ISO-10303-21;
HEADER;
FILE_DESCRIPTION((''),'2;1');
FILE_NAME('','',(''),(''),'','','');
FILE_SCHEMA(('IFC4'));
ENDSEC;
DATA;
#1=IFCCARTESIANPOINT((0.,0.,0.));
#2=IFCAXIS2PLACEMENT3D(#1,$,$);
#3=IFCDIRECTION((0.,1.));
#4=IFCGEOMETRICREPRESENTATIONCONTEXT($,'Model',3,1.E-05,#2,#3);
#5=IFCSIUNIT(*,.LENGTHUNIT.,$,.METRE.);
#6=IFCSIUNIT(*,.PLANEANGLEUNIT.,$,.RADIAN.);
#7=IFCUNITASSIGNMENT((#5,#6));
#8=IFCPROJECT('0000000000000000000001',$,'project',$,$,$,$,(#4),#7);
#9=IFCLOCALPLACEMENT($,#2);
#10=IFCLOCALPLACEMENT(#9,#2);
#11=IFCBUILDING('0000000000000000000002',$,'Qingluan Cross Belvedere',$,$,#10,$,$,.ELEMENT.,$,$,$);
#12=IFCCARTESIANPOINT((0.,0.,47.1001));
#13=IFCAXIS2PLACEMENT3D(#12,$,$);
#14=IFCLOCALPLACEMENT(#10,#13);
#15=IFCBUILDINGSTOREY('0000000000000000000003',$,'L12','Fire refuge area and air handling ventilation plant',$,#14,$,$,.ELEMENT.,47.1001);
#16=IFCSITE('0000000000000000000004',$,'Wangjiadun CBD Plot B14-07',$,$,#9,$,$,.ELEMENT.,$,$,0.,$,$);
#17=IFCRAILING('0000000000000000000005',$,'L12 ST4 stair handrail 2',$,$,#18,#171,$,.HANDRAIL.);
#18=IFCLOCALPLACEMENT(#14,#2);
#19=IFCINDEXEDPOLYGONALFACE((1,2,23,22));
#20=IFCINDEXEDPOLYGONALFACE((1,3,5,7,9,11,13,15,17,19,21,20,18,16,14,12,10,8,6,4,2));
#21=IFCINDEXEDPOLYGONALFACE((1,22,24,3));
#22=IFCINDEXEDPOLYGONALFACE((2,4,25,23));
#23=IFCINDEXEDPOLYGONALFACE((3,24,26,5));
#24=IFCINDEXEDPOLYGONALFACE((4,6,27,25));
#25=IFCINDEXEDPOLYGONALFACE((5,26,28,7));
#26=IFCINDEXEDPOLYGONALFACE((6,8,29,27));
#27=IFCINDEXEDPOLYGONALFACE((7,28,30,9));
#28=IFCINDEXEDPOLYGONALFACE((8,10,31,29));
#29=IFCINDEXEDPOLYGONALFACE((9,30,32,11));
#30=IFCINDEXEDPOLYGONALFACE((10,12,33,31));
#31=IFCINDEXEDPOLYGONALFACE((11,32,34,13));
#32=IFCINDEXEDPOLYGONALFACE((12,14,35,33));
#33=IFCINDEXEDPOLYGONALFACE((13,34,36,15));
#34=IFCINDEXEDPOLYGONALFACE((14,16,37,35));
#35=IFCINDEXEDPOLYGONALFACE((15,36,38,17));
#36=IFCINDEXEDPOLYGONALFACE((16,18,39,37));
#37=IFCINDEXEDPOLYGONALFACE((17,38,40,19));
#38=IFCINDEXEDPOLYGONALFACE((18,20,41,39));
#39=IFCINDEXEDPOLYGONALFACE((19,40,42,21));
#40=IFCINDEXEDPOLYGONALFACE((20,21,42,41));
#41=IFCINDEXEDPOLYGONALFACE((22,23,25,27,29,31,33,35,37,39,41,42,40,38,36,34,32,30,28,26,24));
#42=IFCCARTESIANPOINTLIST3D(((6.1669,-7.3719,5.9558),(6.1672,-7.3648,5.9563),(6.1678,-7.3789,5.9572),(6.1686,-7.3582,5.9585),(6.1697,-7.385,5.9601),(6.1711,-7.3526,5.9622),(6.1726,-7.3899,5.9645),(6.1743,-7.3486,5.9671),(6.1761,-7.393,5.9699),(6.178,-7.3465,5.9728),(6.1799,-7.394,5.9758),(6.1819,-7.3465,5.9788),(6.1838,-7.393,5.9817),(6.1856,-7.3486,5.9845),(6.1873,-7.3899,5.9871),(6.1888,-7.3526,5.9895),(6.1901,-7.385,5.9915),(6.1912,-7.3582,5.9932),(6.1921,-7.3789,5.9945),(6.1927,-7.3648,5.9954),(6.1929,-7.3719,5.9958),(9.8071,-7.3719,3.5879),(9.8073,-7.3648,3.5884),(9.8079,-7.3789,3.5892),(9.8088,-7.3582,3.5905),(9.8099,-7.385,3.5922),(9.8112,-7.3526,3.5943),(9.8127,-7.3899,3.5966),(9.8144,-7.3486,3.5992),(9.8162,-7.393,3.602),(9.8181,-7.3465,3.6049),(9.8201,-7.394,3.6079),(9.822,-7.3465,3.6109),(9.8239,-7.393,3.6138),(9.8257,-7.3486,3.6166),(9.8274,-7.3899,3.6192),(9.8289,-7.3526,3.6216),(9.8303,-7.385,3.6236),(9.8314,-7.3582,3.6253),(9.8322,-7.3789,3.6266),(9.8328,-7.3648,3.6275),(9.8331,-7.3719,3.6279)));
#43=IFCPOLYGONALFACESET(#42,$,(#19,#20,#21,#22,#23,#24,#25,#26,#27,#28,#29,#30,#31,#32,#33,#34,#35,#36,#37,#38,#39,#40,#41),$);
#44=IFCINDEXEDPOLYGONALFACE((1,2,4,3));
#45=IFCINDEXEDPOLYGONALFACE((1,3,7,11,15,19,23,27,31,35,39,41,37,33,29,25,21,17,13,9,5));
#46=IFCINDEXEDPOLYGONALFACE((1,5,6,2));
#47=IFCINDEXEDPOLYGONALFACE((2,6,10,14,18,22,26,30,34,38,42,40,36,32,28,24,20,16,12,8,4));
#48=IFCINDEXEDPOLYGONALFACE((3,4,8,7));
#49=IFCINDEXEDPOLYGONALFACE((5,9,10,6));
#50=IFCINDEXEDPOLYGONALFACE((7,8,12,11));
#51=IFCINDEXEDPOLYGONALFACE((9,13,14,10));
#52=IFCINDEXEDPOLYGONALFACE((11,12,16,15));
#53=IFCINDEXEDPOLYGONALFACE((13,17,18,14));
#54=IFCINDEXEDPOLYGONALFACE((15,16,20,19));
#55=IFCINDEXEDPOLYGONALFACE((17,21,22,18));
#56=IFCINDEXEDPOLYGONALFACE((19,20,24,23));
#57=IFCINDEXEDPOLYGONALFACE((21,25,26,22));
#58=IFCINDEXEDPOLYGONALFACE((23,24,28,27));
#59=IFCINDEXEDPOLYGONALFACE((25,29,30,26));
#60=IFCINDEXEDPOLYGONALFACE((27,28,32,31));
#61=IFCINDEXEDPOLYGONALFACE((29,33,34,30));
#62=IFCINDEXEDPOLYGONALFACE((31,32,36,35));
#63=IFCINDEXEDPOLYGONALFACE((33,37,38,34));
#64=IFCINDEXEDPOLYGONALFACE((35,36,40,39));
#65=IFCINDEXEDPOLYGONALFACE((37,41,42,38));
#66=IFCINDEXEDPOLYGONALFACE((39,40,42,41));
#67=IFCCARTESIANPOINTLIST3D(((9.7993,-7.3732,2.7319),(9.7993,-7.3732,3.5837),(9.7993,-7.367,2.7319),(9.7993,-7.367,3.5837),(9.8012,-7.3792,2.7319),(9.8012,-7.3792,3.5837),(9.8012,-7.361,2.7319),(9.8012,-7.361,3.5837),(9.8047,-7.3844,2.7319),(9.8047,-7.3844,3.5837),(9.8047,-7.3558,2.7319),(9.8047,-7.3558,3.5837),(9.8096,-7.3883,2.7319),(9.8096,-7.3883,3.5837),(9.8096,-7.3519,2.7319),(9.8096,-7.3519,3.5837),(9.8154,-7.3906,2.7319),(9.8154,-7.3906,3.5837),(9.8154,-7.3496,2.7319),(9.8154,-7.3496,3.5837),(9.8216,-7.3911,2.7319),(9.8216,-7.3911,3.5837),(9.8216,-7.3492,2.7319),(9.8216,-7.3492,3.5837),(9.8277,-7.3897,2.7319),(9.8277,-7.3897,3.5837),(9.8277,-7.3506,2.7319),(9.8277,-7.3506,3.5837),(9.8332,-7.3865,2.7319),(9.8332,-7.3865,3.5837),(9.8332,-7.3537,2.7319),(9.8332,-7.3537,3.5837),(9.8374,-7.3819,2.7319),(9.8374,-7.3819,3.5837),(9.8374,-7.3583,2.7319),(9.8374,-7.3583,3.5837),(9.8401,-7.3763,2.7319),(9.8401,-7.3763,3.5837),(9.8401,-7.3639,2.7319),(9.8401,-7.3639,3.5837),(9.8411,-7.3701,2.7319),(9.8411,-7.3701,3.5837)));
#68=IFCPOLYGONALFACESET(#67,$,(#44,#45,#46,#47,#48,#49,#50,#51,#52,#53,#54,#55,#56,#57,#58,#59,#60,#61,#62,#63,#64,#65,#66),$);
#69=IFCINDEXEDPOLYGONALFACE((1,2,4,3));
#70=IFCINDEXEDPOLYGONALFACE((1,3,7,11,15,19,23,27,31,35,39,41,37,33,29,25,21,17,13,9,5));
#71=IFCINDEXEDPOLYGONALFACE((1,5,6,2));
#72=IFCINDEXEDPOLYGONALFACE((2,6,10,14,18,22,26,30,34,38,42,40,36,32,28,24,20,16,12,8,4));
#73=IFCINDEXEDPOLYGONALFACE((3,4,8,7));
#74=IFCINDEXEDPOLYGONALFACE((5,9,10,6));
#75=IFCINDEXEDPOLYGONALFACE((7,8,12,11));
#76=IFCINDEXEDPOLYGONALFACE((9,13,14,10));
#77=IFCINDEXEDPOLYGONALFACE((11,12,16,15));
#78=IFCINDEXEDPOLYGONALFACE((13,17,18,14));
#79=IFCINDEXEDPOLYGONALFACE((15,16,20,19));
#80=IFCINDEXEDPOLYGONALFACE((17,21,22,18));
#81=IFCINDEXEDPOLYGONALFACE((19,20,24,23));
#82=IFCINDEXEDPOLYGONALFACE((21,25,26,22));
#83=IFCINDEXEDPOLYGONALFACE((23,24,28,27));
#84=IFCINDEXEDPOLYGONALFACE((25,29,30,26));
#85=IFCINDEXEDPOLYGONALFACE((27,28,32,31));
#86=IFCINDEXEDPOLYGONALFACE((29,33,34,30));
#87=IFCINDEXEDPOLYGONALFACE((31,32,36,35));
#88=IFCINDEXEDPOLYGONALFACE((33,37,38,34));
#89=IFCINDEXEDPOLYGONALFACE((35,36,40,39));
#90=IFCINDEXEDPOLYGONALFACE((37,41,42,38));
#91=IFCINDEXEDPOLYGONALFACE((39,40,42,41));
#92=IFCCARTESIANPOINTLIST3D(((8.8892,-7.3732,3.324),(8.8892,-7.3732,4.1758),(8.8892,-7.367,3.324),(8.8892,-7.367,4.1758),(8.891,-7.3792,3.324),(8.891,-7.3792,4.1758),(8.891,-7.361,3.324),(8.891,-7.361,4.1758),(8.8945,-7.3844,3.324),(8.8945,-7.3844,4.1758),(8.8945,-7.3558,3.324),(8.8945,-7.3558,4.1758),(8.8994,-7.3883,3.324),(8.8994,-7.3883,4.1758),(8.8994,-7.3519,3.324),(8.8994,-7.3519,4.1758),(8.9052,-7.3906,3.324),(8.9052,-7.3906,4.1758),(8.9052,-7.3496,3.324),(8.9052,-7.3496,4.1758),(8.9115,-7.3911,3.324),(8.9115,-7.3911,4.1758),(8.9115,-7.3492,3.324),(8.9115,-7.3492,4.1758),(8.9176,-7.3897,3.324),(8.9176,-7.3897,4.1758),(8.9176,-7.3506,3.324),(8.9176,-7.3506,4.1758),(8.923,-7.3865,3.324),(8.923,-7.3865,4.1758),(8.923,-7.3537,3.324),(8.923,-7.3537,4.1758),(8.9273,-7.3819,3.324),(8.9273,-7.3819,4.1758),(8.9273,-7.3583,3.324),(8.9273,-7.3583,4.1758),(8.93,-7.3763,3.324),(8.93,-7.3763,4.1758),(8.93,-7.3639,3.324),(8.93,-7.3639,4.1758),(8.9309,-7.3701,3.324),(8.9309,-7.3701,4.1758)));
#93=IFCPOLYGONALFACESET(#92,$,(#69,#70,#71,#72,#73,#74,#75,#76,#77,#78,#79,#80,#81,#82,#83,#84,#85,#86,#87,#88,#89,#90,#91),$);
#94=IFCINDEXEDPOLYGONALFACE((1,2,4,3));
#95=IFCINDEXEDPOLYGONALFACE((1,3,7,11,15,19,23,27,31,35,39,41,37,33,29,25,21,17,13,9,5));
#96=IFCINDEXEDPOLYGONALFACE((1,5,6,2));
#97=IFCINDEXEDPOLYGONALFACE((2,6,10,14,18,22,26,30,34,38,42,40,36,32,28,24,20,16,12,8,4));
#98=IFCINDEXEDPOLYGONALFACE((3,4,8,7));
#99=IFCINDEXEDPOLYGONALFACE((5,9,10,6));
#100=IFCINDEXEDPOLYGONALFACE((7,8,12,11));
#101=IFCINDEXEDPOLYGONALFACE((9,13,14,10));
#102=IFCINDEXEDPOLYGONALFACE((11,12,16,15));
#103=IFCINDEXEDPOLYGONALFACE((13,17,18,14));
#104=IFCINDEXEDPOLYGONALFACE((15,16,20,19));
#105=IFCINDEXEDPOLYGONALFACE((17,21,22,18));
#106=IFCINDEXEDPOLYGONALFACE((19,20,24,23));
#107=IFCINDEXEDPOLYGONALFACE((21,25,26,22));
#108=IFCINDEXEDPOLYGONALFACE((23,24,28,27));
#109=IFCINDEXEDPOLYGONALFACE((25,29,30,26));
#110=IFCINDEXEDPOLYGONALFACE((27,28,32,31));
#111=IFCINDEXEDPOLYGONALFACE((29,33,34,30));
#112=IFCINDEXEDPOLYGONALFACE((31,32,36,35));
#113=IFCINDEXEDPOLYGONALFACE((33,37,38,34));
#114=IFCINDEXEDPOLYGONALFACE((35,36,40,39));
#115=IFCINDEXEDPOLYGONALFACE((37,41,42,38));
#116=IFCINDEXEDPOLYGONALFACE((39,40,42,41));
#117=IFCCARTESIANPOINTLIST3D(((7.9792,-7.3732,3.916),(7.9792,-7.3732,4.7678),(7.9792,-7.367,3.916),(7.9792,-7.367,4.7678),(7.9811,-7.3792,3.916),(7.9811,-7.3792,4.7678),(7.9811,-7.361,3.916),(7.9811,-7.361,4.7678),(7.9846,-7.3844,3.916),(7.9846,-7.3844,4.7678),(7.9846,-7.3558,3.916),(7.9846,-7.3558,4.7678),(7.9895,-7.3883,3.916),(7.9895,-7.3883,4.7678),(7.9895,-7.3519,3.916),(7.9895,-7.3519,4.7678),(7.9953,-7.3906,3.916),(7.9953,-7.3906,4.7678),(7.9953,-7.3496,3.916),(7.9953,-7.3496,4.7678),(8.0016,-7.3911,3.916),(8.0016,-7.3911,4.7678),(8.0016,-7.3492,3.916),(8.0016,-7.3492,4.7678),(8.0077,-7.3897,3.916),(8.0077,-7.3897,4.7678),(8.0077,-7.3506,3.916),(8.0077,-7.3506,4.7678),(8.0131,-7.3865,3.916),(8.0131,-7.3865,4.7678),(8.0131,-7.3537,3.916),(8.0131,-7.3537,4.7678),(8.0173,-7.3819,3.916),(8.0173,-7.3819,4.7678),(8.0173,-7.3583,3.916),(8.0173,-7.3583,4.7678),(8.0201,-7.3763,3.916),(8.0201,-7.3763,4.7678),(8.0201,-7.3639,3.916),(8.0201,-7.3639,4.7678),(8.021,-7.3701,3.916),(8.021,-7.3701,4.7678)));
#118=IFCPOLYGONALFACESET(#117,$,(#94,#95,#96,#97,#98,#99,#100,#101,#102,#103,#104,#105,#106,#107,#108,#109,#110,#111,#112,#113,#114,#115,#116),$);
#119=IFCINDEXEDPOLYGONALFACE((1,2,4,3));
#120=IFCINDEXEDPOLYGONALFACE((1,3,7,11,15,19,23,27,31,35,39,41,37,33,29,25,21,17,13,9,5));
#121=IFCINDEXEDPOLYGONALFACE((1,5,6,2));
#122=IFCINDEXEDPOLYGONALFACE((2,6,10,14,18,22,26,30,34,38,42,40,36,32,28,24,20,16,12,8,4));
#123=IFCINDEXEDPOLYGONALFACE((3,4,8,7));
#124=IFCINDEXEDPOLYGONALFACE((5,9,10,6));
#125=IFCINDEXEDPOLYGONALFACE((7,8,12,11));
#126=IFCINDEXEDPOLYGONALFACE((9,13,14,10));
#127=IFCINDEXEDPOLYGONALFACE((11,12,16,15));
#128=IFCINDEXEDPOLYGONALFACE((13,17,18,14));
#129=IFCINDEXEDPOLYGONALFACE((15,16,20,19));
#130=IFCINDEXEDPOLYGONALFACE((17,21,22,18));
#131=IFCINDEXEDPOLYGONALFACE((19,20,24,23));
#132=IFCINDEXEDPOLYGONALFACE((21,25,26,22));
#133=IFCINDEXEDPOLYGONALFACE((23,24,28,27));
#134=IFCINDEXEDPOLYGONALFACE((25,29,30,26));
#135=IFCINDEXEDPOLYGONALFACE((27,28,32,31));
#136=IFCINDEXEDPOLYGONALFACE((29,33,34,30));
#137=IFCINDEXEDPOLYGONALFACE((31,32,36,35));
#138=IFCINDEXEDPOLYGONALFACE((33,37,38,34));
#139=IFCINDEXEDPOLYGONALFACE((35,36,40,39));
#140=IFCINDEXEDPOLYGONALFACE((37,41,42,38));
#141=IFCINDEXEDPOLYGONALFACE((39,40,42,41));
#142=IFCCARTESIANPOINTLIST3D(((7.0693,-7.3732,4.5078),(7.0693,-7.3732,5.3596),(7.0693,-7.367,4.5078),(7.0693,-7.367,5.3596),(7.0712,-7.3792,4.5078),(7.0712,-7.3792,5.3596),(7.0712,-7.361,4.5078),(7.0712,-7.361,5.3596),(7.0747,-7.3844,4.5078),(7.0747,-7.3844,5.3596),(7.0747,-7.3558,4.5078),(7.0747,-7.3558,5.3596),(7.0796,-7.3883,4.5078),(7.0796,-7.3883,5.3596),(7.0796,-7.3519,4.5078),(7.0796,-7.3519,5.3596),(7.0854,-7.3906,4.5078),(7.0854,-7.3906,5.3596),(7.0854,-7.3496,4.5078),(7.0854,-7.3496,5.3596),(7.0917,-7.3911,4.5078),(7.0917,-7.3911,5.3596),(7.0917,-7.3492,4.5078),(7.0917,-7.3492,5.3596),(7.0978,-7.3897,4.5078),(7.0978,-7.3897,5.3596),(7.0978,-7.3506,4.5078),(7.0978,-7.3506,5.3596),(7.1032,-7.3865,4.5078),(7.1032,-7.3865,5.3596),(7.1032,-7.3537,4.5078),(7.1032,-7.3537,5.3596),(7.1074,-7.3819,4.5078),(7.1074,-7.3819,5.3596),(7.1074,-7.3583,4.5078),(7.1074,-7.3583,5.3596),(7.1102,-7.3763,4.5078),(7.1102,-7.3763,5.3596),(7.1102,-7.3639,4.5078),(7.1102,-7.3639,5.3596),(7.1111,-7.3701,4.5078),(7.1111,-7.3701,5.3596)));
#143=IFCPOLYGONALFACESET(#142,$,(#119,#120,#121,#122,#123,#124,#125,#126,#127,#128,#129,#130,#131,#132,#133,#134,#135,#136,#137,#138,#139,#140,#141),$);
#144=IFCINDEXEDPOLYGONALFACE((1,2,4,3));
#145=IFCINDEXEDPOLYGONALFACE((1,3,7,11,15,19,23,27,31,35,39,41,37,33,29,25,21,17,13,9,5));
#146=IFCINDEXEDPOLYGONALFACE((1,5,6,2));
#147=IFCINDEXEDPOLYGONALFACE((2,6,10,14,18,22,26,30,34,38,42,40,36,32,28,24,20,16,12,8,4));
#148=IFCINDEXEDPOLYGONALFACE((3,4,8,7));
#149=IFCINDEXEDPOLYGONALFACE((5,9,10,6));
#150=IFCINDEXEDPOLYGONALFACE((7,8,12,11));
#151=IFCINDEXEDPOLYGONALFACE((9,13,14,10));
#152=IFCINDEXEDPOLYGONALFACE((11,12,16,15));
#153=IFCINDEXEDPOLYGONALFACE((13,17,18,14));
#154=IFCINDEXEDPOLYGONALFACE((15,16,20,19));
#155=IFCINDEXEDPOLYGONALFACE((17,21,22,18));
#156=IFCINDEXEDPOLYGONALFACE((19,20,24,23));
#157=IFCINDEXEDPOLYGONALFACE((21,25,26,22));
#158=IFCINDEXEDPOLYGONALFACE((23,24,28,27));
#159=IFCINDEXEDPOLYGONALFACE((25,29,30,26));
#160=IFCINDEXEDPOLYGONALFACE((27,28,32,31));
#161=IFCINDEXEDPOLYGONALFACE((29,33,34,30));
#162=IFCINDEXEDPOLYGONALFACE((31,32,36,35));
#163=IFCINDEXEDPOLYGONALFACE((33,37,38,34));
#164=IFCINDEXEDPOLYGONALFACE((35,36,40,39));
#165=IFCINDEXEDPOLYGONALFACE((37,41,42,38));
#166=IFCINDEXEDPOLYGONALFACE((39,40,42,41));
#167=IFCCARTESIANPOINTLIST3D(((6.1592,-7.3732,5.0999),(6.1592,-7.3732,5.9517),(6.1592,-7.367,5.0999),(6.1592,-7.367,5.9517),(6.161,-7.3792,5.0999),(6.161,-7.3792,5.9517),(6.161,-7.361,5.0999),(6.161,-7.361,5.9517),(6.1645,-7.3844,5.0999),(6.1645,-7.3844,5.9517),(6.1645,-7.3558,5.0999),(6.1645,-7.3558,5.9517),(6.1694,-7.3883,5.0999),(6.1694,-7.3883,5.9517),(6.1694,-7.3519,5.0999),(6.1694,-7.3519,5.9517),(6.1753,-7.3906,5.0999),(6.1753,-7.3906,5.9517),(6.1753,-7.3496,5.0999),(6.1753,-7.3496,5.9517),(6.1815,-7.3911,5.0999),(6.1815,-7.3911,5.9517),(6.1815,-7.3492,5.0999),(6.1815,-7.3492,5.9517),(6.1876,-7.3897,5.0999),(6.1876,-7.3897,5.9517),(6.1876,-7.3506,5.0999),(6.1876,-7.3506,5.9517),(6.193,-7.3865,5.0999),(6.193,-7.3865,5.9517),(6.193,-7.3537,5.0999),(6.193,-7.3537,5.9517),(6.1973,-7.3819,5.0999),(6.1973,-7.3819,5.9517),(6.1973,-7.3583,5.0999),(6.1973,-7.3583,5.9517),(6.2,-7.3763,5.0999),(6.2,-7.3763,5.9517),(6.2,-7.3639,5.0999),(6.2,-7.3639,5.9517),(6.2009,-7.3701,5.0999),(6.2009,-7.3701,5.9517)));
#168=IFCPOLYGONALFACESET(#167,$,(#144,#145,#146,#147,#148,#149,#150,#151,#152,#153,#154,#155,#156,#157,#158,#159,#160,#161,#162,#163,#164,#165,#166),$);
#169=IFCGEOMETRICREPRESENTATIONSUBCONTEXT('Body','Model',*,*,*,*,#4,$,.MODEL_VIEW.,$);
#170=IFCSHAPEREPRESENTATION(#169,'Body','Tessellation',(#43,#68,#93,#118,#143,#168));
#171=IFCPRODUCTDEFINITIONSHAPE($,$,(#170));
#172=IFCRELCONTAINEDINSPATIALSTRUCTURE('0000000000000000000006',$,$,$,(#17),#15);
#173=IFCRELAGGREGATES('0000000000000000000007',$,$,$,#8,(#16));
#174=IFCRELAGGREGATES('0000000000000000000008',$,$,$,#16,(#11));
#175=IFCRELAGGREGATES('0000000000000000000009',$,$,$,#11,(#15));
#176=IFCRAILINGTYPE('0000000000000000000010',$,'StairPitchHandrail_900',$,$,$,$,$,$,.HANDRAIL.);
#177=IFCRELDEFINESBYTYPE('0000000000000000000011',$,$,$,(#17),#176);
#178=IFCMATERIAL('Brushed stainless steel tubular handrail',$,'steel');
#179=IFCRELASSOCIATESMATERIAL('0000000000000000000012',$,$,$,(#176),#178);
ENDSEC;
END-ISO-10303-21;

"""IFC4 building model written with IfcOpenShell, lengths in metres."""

from ifc_helpers import new_model, si_unit, direction, frame, origin, origin_2d, place, context, subcontext, project, spatial, circle, extrude, material, type_object, element, save


model = new_model("IFC4")

# Units and contexts
model_context = context("Model", 3, precision=1e-05, world=origin(), true_north=direction((0.0, 1.0)))
body_context = subcontext(model_context, "Body", "Model", "MODEL_VIEW")
ifc_project = project(units=[si_unit("LENGTHUNIT", "METRE"), si_unit("PLANEANGLEUNIT", "RADIAN")], contexts=[model_context])

# Site, building, storey
site_placement = place(None, origin())
site = spatial("IfcSite", under=ifc_project, at=site_placement, Name="Wangjiadun CBD Plot B14-07", CompositionType="ELEMENT", RefElevation=0.0)
building_placement = place(site_placement, origin())
building = spatial("IfcBuilding", under=site, at=building_placement, Name="Qingluan Cross Belvedere", CompositionType="ELEMENT")
storey_placement = place(building_placement, frame((0.0, 0.0, 47.1001)))
storey = spatial("IfcBuildingStorey", under=building, at=storey_placement, Name="L12", Description="Fire refuge area and air handling ventilation plant", CompositionType="ELEMENT", Elevation=47.1001)

# Railing
ifc_material_1 = material(Name="Brushed stainless steel tubular handrail", Category="steel")
railing_type_1 = type_object("IfcRailingType", Name="StairPitchHandrail_900", PredefinedType="HANDRAIL", material=ifc_material_1)
railing_1_placement = place(storey_placement, frame((9.8201, -7.3701, 2.7319)))
element("IfcRailing", 1, at=railing_1_placement, inside=storey, type_object=railing_type_1, Name="L12 ST4 stair handrail 2", PredefinedType="HANDRAIL", context=body_context, shape_type="SweptSolid", body=[
    extrude(circle(Radius=0.0239, at=origin_2d()), frame((0.0, 0.0, 0.876), z_axis=(-0.838251, 0.0, 0.545285), x_axis=(0.0, -1.0, 0.0)), (0.0, 0.0, 1.0), 4.3425),
    extrude(circle(Radius=0.021, at=origin_2d()), origin(), (0.0, 0.0, 1.0), 0.8518),
    extrude(circle(Radius=0.021, at=origin_2d()), frame((-0.9102, 0.0, 0.592)), (0.0, 0.0, 1.0), 0.8518),
    extrude(circle(Radius=0.021, at=origin_2d()), frame((-1.8201, 0.0, 1.1841)), (0.0, 0.0, 1.0), 0.8518),
    extrude(circle(Radius=0.021, at=origin_2d()), frame((-2.73, 0.0, 1.7759)), (0.0, 0.0, 1.0), 0.8518),
    extrude(circle(Radius=0.021, at=origin_2d()), frame((-3.6401, 0.0, 2.3679)), (0.0, 0.0, 1.0), 0.8518),
])

save(model, "model.ifc")
